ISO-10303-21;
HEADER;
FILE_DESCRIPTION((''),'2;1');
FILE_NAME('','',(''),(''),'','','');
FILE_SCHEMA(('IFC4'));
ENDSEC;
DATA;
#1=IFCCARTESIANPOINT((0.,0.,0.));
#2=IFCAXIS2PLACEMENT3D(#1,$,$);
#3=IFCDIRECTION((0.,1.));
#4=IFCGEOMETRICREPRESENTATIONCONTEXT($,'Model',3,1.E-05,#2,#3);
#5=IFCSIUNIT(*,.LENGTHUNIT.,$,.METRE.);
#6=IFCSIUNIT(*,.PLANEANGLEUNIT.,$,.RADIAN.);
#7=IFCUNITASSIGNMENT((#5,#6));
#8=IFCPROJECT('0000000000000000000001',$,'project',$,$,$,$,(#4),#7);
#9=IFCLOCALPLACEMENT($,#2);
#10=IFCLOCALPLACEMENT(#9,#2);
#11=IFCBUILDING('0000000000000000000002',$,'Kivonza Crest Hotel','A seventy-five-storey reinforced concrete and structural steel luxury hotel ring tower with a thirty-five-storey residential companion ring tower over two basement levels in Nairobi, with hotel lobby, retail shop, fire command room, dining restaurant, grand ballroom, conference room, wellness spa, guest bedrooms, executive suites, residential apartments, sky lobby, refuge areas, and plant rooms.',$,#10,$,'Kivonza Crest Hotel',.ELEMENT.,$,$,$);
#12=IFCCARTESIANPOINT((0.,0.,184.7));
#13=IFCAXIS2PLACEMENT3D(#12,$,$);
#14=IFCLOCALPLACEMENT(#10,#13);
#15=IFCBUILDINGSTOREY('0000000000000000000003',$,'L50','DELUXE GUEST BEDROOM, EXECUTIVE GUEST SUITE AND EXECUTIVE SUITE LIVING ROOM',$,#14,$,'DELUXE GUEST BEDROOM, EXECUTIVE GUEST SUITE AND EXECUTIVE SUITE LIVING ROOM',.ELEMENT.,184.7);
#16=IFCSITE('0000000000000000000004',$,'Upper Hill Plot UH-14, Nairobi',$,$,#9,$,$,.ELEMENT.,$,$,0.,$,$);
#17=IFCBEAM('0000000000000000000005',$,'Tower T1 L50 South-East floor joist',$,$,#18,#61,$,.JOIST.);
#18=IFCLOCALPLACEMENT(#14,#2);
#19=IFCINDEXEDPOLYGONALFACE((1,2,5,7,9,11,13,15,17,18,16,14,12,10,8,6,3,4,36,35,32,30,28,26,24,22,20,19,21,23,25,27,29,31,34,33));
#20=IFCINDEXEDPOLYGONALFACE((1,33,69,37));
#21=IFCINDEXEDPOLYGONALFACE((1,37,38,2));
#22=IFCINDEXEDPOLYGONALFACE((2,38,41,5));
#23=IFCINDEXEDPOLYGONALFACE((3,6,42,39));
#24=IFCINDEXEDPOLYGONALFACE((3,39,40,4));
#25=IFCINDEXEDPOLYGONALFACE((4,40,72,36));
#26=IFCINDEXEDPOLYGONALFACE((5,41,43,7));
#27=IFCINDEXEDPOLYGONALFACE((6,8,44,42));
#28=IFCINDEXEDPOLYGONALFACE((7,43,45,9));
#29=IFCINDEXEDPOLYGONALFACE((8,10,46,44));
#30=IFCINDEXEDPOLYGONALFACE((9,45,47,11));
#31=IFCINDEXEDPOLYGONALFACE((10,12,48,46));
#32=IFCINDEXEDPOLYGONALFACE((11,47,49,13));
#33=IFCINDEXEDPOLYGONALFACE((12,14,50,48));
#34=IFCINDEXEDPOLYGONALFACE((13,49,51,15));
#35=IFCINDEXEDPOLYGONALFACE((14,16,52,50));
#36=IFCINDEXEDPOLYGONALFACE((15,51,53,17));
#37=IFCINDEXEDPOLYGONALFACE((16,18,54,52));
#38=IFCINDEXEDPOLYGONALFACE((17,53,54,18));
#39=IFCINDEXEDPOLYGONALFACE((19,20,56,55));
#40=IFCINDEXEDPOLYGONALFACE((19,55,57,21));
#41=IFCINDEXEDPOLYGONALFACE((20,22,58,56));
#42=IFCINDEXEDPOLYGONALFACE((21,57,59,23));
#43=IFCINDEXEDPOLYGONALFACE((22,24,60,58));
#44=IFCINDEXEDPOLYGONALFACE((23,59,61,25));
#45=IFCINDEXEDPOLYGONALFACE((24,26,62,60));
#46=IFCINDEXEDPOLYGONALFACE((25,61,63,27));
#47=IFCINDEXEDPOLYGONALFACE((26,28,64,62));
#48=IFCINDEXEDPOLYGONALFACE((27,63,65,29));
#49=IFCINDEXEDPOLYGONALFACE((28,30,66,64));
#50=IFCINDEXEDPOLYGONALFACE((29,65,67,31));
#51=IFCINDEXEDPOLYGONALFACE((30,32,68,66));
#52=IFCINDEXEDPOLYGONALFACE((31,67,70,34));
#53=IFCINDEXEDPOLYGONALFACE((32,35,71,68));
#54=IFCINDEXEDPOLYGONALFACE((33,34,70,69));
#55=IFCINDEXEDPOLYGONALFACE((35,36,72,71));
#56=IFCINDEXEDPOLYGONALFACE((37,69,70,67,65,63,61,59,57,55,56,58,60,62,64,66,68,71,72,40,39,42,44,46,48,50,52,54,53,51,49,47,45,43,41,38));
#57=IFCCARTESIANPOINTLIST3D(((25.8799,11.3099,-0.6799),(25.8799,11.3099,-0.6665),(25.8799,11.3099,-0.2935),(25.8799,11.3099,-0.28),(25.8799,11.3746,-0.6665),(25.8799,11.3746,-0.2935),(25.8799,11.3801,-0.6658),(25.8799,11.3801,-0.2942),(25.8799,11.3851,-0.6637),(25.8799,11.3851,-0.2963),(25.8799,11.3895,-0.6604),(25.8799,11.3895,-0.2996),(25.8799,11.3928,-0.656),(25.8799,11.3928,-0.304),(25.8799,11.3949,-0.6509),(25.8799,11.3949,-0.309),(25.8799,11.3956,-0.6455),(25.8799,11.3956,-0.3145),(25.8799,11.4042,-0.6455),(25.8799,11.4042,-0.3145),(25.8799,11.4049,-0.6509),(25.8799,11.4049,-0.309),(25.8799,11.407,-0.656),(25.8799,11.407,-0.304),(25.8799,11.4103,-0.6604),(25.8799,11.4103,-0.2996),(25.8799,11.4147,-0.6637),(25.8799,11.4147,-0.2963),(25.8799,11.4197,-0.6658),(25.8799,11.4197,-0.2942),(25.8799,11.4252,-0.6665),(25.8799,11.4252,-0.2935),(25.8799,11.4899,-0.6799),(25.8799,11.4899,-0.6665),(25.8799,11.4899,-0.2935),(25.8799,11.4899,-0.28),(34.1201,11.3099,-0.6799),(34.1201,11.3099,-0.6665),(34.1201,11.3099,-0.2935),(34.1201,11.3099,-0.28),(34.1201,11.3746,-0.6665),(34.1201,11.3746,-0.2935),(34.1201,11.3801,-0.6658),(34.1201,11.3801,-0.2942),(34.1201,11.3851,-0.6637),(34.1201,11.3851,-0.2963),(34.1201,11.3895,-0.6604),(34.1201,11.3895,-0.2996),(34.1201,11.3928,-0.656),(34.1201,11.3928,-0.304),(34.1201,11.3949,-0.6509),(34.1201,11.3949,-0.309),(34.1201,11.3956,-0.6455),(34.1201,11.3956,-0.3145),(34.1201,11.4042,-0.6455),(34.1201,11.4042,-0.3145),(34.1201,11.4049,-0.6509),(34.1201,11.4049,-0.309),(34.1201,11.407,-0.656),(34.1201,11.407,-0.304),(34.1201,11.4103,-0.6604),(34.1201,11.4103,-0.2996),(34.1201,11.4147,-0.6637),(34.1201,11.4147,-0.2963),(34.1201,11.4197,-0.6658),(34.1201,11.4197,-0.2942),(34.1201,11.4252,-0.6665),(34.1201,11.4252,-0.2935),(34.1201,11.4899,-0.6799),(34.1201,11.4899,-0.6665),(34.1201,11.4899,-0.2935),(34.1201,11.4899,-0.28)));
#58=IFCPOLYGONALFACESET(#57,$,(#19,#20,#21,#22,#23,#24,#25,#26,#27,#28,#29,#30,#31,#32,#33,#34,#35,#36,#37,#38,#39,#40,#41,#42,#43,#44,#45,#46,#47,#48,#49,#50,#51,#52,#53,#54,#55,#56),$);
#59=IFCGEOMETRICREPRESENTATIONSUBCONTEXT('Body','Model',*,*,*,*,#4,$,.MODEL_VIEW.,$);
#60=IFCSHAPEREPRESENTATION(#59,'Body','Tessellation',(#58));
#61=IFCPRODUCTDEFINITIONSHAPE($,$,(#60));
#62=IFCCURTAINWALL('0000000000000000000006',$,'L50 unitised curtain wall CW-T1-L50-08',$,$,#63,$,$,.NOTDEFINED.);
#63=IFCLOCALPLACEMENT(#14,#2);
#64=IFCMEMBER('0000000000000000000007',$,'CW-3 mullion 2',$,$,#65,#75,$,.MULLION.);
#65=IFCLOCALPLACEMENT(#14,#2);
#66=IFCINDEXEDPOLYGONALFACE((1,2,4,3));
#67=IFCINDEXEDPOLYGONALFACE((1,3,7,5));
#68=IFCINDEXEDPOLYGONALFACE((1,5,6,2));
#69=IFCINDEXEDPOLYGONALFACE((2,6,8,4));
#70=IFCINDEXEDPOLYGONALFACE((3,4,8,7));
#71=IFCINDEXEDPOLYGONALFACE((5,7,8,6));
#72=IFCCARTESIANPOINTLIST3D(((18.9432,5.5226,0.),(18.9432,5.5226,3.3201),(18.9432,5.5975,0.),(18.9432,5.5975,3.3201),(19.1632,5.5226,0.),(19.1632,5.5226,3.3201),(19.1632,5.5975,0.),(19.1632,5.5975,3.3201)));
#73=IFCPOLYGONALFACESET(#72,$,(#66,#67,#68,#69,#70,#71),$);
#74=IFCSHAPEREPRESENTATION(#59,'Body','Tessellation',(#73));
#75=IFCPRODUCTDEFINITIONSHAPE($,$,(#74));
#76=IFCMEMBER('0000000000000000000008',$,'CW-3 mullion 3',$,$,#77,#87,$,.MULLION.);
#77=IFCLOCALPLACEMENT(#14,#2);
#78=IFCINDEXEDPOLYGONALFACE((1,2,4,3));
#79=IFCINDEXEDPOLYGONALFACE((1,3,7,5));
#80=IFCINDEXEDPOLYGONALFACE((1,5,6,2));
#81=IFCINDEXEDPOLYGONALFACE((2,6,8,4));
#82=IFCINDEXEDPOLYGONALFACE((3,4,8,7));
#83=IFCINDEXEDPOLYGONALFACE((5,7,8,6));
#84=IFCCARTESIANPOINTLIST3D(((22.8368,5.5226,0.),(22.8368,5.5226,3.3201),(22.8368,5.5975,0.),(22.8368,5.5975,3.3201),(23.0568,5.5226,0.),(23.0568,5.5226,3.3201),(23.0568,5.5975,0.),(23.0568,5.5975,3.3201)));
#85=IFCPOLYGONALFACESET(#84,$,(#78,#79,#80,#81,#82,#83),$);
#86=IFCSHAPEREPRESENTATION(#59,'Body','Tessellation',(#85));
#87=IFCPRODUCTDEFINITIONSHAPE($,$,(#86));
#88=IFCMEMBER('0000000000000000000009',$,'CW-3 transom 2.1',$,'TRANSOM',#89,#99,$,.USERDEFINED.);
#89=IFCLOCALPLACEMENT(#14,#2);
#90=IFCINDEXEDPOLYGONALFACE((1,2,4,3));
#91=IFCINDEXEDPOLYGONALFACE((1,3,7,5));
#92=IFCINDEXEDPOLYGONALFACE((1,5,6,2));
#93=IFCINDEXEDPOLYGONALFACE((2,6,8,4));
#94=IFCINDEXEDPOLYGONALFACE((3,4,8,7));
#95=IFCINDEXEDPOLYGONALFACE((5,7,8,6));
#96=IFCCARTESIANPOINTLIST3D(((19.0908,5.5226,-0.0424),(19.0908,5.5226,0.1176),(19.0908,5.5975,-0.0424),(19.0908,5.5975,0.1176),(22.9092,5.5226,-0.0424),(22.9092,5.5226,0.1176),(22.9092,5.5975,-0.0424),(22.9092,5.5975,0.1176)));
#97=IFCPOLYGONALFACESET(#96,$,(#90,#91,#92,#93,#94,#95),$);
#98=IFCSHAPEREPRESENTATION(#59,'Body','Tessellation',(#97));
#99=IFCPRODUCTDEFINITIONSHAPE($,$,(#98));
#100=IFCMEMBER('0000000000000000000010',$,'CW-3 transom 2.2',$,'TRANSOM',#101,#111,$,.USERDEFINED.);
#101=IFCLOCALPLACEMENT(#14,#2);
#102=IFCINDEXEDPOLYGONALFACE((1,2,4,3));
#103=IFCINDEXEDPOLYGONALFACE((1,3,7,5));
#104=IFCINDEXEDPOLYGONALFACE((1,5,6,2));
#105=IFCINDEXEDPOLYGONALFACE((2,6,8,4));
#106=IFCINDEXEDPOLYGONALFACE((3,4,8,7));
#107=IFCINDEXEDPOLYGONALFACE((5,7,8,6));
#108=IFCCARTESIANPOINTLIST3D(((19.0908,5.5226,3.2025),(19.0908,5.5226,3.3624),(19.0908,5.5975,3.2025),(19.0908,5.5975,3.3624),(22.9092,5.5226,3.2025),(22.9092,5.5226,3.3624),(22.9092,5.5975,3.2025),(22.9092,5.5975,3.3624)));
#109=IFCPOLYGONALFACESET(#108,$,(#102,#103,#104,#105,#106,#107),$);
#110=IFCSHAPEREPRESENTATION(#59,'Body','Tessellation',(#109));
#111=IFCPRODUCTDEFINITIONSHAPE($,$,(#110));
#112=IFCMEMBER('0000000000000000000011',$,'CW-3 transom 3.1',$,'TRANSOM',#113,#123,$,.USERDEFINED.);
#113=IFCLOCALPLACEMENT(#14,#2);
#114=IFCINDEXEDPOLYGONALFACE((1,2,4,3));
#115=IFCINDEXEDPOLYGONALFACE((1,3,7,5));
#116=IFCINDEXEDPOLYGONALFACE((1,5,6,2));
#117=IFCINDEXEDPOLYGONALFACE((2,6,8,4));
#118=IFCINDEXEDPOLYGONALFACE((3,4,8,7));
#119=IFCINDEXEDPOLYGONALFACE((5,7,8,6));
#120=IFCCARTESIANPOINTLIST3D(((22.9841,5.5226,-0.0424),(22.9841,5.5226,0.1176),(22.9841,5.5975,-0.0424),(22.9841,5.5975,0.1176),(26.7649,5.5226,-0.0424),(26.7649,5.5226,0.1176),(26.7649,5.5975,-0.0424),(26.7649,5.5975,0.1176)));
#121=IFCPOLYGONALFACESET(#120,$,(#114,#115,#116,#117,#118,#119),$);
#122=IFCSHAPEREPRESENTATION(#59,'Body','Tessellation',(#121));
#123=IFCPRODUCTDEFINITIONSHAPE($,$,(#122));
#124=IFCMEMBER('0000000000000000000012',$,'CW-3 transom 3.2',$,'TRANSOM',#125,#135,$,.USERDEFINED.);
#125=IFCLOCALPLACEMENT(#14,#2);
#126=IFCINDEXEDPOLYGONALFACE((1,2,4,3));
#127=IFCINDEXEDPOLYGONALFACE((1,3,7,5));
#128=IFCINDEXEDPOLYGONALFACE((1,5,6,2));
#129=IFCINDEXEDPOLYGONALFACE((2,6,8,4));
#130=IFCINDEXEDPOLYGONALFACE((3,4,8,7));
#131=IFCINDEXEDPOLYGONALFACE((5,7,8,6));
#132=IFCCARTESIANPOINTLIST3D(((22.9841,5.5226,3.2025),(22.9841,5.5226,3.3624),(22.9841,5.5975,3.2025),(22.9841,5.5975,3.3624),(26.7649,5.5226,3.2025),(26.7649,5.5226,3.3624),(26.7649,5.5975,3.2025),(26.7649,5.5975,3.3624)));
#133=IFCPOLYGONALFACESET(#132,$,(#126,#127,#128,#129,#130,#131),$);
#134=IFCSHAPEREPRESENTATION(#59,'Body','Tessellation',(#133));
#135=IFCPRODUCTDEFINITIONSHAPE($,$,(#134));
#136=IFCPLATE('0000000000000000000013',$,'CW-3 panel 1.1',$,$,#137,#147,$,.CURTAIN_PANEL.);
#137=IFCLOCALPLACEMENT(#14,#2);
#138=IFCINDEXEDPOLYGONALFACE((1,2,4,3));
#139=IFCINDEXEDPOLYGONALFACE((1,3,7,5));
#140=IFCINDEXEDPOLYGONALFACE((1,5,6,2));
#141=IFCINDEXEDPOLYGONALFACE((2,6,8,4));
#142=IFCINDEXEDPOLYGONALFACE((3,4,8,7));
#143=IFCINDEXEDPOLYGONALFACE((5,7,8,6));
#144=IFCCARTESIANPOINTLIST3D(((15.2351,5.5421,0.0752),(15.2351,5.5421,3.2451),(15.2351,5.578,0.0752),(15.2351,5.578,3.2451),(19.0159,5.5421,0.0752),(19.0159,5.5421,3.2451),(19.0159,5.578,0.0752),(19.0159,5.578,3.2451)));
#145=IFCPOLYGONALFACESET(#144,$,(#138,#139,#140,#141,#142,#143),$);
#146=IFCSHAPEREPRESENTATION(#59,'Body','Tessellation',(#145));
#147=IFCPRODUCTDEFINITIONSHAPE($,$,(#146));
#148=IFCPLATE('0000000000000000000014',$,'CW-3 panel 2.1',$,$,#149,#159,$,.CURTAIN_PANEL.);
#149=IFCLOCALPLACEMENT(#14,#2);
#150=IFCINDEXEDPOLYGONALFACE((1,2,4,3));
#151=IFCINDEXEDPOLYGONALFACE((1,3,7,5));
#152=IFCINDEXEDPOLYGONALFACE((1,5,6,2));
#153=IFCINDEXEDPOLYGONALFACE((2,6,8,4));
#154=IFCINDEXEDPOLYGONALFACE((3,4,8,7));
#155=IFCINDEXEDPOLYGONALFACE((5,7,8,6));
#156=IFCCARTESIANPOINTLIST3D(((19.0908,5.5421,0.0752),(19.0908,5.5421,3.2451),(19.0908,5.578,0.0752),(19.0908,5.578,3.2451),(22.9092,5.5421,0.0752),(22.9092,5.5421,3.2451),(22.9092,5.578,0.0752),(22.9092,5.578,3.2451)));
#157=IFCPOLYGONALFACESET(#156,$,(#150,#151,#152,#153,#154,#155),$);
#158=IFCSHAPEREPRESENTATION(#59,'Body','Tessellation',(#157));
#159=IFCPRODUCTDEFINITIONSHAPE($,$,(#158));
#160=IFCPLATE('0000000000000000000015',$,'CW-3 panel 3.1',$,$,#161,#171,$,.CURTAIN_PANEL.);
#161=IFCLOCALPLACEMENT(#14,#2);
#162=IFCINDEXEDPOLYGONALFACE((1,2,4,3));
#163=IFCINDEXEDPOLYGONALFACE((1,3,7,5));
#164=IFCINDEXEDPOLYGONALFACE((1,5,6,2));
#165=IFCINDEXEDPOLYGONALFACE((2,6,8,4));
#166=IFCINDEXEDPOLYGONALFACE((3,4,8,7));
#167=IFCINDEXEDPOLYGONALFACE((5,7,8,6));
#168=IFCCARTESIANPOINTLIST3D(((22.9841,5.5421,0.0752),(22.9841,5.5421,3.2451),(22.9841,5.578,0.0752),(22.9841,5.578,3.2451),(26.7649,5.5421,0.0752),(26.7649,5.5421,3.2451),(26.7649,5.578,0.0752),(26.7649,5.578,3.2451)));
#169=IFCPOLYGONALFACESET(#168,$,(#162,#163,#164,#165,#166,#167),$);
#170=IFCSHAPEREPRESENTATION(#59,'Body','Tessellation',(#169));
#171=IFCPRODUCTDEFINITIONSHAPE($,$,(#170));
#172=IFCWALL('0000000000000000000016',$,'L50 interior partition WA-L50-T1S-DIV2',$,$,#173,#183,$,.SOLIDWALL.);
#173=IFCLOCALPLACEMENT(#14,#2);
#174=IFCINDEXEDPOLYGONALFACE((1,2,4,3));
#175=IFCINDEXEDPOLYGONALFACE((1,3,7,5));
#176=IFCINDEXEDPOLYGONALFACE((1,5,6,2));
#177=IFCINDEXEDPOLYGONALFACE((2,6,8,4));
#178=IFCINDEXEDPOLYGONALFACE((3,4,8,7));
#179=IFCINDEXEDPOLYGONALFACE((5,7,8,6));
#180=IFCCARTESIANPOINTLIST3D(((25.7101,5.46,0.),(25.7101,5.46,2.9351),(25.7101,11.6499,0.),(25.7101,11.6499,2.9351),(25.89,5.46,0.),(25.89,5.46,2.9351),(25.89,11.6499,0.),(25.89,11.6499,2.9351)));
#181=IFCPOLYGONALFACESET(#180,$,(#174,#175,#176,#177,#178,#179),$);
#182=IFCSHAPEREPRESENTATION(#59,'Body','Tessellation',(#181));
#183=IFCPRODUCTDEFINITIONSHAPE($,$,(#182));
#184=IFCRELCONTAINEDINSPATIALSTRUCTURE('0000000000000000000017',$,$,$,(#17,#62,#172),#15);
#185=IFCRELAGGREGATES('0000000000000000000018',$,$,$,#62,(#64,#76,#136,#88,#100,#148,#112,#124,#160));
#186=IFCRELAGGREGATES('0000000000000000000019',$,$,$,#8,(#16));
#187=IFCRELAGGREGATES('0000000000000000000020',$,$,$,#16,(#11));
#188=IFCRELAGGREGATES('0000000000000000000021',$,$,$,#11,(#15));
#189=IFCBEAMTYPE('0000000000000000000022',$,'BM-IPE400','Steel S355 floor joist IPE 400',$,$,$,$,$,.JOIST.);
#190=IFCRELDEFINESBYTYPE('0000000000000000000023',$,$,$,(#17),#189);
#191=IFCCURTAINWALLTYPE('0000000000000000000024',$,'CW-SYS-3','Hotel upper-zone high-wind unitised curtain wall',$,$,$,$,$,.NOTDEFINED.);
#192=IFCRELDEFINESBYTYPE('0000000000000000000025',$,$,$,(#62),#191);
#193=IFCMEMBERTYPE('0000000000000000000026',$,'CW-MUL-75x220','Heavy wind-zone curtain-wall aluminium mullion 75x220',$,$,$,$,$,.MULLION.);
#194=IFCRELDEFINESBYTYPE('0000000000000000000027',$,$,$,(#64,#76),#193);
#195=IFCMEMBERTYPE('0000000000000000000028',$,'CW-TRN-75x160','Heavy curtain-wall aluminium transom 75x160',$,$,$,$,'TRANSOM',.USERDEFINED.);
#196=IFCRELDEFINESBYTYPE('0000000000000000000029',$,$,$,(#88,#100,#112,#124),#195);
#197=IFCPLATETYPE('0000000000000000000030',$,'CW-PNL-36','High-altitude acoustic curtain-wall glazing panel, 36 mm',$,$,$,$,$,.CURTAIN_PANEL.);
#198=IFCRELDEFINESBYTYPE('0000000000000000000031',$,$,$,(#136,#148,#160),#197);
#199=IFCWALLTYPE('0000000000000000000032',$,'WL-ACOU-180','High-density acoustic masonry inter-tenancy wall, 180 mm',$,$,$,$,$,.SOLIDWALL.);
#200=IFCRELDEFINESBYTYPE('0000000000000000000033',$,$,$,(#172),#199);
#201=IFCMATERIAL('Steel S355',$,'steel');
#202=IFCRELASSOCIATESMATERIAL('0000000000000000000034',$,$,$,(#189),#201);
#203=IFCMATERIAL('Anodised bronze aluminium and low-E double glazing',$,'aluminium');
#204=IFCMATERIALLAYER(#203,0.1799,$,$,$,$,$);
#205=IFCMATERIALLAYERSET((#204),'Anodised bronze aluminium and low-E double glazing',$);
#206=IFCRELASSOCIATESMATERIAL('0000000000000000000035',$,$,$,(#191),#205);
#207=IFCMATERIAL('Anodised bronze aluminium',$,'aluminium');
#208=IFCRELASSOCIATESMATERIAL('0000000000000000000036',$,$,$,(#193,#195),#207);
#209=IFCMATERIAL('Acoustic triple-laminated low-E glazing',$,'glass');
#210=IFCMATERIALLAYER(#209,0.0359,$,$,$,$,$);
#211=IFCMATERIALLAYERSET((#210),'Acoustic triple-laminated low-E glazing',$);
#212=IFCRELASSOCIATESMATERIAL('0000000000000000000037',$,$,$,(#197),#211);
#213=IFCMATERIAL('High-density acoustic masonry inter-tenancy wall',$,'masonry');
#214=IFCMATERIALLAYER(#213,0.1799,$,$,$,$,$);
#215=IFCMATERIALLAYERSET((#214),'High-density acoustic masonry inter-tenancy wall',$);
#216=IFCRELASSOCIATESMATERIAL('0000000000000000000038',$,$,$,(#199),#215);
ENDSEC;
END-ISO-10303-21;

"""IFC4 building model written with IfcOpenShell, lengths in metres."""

from ifc_helpers import new_model, si_unit, direction, frame, frame_2d, origin, origin_2d, place, context, subcontext, project, spatial, rectangle, i_section, extrude, material, layer, layer_set, material_profile, profile_set, type_object, element, aggregate, save


model = new_model("IFC4")

# Units and contexts
model_context = context("Model", 3, precision=1e-05, world=origin(), true_north=direction((0.0, 1.0)))
body_context = subcontext(model_context, "Body", "Model", "MODEL_VIEW")
ifc_project = project(units=[si_unit("LENGTHUNIT", "METRE"), si_unit("PLANEANGLEUNIT", "RADIAN")], contexts=[model_context])

# Site, building, storey
site_placement = place(None, origin())
site = spatial("IfcSite", under=ifc_project, at=site_placement, Name="Upper Hill Plot UH-14, Nairobi", CompositionType="ELEMENT", RefElevation=0.0)
building_placement = place(site_placement, origin())
building = spatial("IfcBuilding", under=site, at=building_placement, Name="Kivonza Crest Hotel", Description="A seventy-five-storey reinforced concrete and structural steel luxury hotel ring tower with a thirty-five-storey residential companion ring tower over two basement levels in Nairobi, with hotel lobby, retail shop, fire command room, dining restaurant, grand ballroom, conference room, wellness spa, guest bedrooms, executive suites, residential apartments, sky lobby, refuge areas, and plant rooms.", LongName="Kivonza Crest Hotel", CompositionType="ELEMENT")
storey_placement = place(building_placement, frame((0.0, 0.0, 184.7)))
storey = spatial("IfcBuildingStorey", under=building, at=storey_placement, Name="L50", Description="DELUXE GUEST BEDROOM, EXECUTIVE GUEST SUITE AND EXECUTIVE SUITE LIVING ROOM", LongName="DELUXE GUEST BEDROOM, EXECUTIVE GUEST SUITE AND EXECUTIVE SUITE LIVING ROOM", CompositionType="ELEMENT", Elevation=184.7)

# Beam
ifc_material_1 = material(Name="Steel S355", Category="steel")
ifc_material_profile_1 = material_profile(ifc_material_1, i_section(OverallWidth=0.1799, OverallDepth=0.3999, WebThickness=0.0085, FlangeThickness=0.0134, FilletRadius=0.021, at=origin_2d()), Name="IPE 400")
ifc_profile_set_1 = profile_set([ifc_material_profile_1], Name="Steel S355")
beam_type_1 = type_object("IfcBeamType", Name="BM-IPE400", Description="Steel S355 floor joist IPE 400", PredefinedType="JOIST", material=ifc_profile_set_1)
beam_1_placement = place(storey_placement, frame((25.8799, 11.3999, -0.48), z_axis=(1.0, 0.0, 0.0), x_axis=(0.0, 1.0, 0.0)))
element("IfcBeam", 1, at=beam_1_placement, inside=storey, type_object=beam_type_1, Name="Tower T1 L50 South-East floor joist", PredefinedType="JOIST", context=body_context, shape_type="SweptSolid", body=[
    extrude(i_section(OverallWidth=0.1799, OverallDepth=0.3999, WebThickness=0.0085, FlangeThickness=0.0134, FilletRadius=0.021, at=origin_2d()), origin(), (0.0, 0.0, 1.0), 8.2402),
])

# Curtain wall, members, plates
ifc_material_2 = material(Name="Anodised bronze aluminium and low-E double glazing", Category="aluminium")
ifc_layer_1 = layer(ifc_material_2, 0.1799)
ifc_layer_set_1 = layer_set([ifc_layer_1], Name="Anodised bronze aluminium and low-E double glazing")
curtain_wall_type = type_object("IfcCurtainWallType", Name="CW-SYS-3", Description="Hotel upper-zone high-wind unitised curtain wall", PredefinedType="NOTDEFINED", material=ifc_layer_set_1)
curtain_wall_placement = place(storey_placement, origin())
curtain_wall = element("IfcCurtainWall", 2, at=curtain_wall_placement, inside=storey, type_object=curtain_wall_type, Name="L50 unitised curtain wall CW-T1-L50-08", PredefinedType="NOTDEFINED")
ifc_material_3 = material(Name="Anodised bronze aluminium", Category="aluminium")
ifc_material_profile_2 = material_profile(ifc_material_3, rectangle(XDim=0.075, YDim=0.22, at=origin_2d()), Name="CW-M 75x220")
ifc_profile_set_2 = profile_set([ifc_material_profile_2], Name="Anodised bronze aluminium")
member_type_1 = type_object("IfcMemberType", Name="CW-MUL-75x220", Description="Heavy wind-zone curtain-wall aluminium mullion 75x220", PredefinedType="MULLION", material=ifc_profile_set_2)
member_1_placement = place(storey_placement, frame((19.0532, 5.5601, 0.0), z_axis=(0.0, 0.0, 1.0), x_axis=(0.0, 1.0, 0.0)))
member_1 = element("IfcMember", 3, at=member_1_placement, type_object=member_type_1, Name="CW-3 mullion 2", PredefinedType="MULLION", context=body_context, shape_type="SweptSolid", body=[
    extrude(rectangle(XDim=0.075, YDim=0.22, at=origin_2d()), origin(), (0.0, 0.0, 1.0), 3.3201),
])
member_2_placement = place(storey_placement, frame((22.9468, 5.5601, 0.0), z_axis=(0.0, 0.0, 1.0), x_axis=(0.0, 1.0, 0.0)))
member_2 = element("IfcMember", 4, at=member_2_placement, type_object=member_type_1, Name="CW-3 mullion 3", PredefinedType="MULLION", context=body_context, shape_type="SweptSolid", body=[
    extrude(rectangle(XDim=0.075, YDim=0.22, at=origin_2d()), origin(), (0.0, 0.0, 1.0), 3.3201),
])
ifc_material_profile_3 = material_profile(ifc_material_3, rectangle(XDim=0.075, YDim=0.1599, at=origin_2d()), Name="CW-T 75x160")
ifc_profile_set_3 = profile_set([ifc_material_profile_3], Name="Anodised bronze aluminium")
member_type_2 = type_object("IfcMemberType", Name="CW-TRN-75x160", Description="Heavy curtain-wall aluminium transom 75x160", ElementType="TRANSOM", PredefinedType="USERDEFINED", material=ifc_profile_set_3)
member_3_placement = place(storey_placement, frame((19.0908, 5.5601, 0.0376), z_axis=(1.0, 0.0, 0.0), x_axis=(0.0, 1.0, 0.0)))
member_3 = element("IfcMember", 5, at=member_3_placement, type_object=member_type_2, Name="CW-3 transom 2.1", ObjectType="TRANSOM", PredefinedType="USERDEFINED", context=body_context, shape_type="SweptSolid", body=[
    extrude(rectangle(XDim=0.075, YDim=0.1599, at=origin_2d()), origin(), (0.0, 0.0, 1.0), 3.8184),
])
member_4_placement = place(storey_placement, frame((19.0908, 5.5601, 3.2825), z_axis=(1.0, 0.0, 0.0), x_axis=(0.0, 1.0, 0.0)))
member_4 = element("IfcMember", 6, at=member_4_placement, type_object=member_type_2, Name="CW-3 transom 2.2", ObjectType="TRANSOM", PredefinedType="USERDEFINED", context=body_context, shape_type="SweptSolid", body=[
    extrude(rectangle(XDim=0.075, YDim=0.1599, at=origin_2d()), origin(), (0.0, 0.0, 1.0), 3.8184),
])
member_5_placement = place(storey_placement, frame((22.9841, 5.5601, 0.0376), z_axis=(1.0, 0.0, 0.0), x_axis=(0.0, 1.0, 0.0)))
member_5 = element("IfcMember", 7, at=member_5_placement, type_object=member_type_2, Name="CW-3 transom 3.1", ObjectType="TRANSOM", PredefinedType="USERDEFINED", context=body_context, shape_type="SweptSolid", body=[
    extrude(rectangle(XDim=0.075, YDim=0.1599, at=origin_2d()), origin(), (0.0, 0.0, 1.0), 3.7808),
])
member_6_placement = place(storey_placement, frame((22.9841, 5.5601, 3.2825), z_axis=(1.0, 0.0, 0.0), x_axis=(0.0, 1.0, 0.0)))
member_6 = element("IfcMember", 8, at=member_6_placement, type_object=member_type_2, Name="CW-3 transom 3.2", ObjectType="TRANSOM", PredefinedType="USERDEFINED", context=body_context, shape_type="SweptSolid", body=[
    extrude(rectangle(XDim=0.075, YDim=0.1599, at=origin_2d()), origin(), (0.0, 0.0, 1.0), 3.7808),
])
ifc_material_4 = material(Name="Acoustic triple-laminated low-E glazing", Category="glass")
ifc_layer_2 = layer(ifc_material_4, 0.0359)
ifc_layer_set_2 = layer_set([ifc_layer_2], Name="Acoustic triple-laminated low-E glazing")
plate_type = type_object("IfcPlateType", Name="CW-PNL-36", Description="High-altitude acoustic curtain-wall glazing panel, 36 mm", PredefinedType="CURTAIN_PANEL", material=ifc_layer_set_2)
plate_1_placement = place(storey_placement, frame((17.1255, 5.5601, 0.0752), z_axis=(0.0, 0.0, 1.0), x_axis=(1.0, 0.0, 0.0)))
plate_1 = element("IfcPlate", 9, at=plate_1_placement, type_object=plate_type, Name="CW-3 panel 1.1", PredefinedType="CURTAIN_PANEL", context=body_context, shape_type="SweptSolid", body=[
    extrude(rectangle(XDim=3.7808, YDim=0.0359, at=origin_2d()), origin(), (0.0, 0.0, 1.0), 3.1699),
])
plate_2_placement = place(storey_placement, frame((21.0, 5.5601, 0.0752), z_axis=(0.0, 0.0, 1.0), x_axis=(1.0, 0.0, 0.0)))
plate_2 = element("IfcPlate", 10, at=plate_2_placement, type_object=plate_type, Name="CW-3 panel 2.1", PredefinedType="CURTAIN_PANEL", context=body_context, shape_type="SweptSolid", body=[
    extrude(rectangle(XDim=3.8184, YDim=0.0359, at=origin_2d()), origin(), (0.0, 0.0, 1.0), 3.1699),
])
plate_3_placement = place(storey_placement, frame((24.8745, 5.5601, 0.0752), z_axis=(0.0, 0.0, 1.0), x_axis=(1.0, 0.0, 0.0)))
plate_3 = element("IfcPlate", 11, at=plate_3_placement, type_object=plate_type, Name="CW-3 panel 3.1", PredefinedType="CURTAIN_PANEL", context=body_context, shape_type="SweptSolid", body=[
    extrude(rectangle(XDim=3.7808, YDim=0.0359, at=origin_2d()), origin(), (0.0, 0.0, 1.0), 3.1699),
])
aggregate(curtain_wall, [member_1, member_2, plate_1, member_3, member_4, plate_2, member_5, member_6, plate_3])

# Wall
ifc_material_5 = material(Name="High-density acoustic masonry inter-tenancy wall", Category="masonry")
ifc_layer_3 = layer(ifc_material_5, 0.1799)
ifc_layer_set_3 = layer_set([ifc_layer_3], Name="High-density acoustic masonry inter-tenancy wall")
wall_type_1 = type_object("IfcWallType", Name="WL-ACOU-180", Description="High-density acoustic masonry inter-tenancy wall, 180 mm", PredefinedType="SOLIDWALL", material=ifc_layer_set_3)
wall_1_placement = place(storey_placement, frame((25.8, 5.46, 0.0), z_axis=(0.0, 0.0, 1.0), x_axis=(0.0, 1.0, 0.0)))
element("IfcWall", 12, at=wall_1_placement, inside=storey, type_object=wall_type_1, Name="L50 interior partition WA-L50-T1S-DIV2", PredefinedType="SOLIDWALL", context=body_context, shape_type="SweptSolid", body=[
    extrude(rectangle(XDim=6.1899, YDim=0.1799, at=frame_2d((3.095, 0.0))), origin(), (0.0, 0.0, 1.0), 2.9351),
])

save(model, "model.ifc")
